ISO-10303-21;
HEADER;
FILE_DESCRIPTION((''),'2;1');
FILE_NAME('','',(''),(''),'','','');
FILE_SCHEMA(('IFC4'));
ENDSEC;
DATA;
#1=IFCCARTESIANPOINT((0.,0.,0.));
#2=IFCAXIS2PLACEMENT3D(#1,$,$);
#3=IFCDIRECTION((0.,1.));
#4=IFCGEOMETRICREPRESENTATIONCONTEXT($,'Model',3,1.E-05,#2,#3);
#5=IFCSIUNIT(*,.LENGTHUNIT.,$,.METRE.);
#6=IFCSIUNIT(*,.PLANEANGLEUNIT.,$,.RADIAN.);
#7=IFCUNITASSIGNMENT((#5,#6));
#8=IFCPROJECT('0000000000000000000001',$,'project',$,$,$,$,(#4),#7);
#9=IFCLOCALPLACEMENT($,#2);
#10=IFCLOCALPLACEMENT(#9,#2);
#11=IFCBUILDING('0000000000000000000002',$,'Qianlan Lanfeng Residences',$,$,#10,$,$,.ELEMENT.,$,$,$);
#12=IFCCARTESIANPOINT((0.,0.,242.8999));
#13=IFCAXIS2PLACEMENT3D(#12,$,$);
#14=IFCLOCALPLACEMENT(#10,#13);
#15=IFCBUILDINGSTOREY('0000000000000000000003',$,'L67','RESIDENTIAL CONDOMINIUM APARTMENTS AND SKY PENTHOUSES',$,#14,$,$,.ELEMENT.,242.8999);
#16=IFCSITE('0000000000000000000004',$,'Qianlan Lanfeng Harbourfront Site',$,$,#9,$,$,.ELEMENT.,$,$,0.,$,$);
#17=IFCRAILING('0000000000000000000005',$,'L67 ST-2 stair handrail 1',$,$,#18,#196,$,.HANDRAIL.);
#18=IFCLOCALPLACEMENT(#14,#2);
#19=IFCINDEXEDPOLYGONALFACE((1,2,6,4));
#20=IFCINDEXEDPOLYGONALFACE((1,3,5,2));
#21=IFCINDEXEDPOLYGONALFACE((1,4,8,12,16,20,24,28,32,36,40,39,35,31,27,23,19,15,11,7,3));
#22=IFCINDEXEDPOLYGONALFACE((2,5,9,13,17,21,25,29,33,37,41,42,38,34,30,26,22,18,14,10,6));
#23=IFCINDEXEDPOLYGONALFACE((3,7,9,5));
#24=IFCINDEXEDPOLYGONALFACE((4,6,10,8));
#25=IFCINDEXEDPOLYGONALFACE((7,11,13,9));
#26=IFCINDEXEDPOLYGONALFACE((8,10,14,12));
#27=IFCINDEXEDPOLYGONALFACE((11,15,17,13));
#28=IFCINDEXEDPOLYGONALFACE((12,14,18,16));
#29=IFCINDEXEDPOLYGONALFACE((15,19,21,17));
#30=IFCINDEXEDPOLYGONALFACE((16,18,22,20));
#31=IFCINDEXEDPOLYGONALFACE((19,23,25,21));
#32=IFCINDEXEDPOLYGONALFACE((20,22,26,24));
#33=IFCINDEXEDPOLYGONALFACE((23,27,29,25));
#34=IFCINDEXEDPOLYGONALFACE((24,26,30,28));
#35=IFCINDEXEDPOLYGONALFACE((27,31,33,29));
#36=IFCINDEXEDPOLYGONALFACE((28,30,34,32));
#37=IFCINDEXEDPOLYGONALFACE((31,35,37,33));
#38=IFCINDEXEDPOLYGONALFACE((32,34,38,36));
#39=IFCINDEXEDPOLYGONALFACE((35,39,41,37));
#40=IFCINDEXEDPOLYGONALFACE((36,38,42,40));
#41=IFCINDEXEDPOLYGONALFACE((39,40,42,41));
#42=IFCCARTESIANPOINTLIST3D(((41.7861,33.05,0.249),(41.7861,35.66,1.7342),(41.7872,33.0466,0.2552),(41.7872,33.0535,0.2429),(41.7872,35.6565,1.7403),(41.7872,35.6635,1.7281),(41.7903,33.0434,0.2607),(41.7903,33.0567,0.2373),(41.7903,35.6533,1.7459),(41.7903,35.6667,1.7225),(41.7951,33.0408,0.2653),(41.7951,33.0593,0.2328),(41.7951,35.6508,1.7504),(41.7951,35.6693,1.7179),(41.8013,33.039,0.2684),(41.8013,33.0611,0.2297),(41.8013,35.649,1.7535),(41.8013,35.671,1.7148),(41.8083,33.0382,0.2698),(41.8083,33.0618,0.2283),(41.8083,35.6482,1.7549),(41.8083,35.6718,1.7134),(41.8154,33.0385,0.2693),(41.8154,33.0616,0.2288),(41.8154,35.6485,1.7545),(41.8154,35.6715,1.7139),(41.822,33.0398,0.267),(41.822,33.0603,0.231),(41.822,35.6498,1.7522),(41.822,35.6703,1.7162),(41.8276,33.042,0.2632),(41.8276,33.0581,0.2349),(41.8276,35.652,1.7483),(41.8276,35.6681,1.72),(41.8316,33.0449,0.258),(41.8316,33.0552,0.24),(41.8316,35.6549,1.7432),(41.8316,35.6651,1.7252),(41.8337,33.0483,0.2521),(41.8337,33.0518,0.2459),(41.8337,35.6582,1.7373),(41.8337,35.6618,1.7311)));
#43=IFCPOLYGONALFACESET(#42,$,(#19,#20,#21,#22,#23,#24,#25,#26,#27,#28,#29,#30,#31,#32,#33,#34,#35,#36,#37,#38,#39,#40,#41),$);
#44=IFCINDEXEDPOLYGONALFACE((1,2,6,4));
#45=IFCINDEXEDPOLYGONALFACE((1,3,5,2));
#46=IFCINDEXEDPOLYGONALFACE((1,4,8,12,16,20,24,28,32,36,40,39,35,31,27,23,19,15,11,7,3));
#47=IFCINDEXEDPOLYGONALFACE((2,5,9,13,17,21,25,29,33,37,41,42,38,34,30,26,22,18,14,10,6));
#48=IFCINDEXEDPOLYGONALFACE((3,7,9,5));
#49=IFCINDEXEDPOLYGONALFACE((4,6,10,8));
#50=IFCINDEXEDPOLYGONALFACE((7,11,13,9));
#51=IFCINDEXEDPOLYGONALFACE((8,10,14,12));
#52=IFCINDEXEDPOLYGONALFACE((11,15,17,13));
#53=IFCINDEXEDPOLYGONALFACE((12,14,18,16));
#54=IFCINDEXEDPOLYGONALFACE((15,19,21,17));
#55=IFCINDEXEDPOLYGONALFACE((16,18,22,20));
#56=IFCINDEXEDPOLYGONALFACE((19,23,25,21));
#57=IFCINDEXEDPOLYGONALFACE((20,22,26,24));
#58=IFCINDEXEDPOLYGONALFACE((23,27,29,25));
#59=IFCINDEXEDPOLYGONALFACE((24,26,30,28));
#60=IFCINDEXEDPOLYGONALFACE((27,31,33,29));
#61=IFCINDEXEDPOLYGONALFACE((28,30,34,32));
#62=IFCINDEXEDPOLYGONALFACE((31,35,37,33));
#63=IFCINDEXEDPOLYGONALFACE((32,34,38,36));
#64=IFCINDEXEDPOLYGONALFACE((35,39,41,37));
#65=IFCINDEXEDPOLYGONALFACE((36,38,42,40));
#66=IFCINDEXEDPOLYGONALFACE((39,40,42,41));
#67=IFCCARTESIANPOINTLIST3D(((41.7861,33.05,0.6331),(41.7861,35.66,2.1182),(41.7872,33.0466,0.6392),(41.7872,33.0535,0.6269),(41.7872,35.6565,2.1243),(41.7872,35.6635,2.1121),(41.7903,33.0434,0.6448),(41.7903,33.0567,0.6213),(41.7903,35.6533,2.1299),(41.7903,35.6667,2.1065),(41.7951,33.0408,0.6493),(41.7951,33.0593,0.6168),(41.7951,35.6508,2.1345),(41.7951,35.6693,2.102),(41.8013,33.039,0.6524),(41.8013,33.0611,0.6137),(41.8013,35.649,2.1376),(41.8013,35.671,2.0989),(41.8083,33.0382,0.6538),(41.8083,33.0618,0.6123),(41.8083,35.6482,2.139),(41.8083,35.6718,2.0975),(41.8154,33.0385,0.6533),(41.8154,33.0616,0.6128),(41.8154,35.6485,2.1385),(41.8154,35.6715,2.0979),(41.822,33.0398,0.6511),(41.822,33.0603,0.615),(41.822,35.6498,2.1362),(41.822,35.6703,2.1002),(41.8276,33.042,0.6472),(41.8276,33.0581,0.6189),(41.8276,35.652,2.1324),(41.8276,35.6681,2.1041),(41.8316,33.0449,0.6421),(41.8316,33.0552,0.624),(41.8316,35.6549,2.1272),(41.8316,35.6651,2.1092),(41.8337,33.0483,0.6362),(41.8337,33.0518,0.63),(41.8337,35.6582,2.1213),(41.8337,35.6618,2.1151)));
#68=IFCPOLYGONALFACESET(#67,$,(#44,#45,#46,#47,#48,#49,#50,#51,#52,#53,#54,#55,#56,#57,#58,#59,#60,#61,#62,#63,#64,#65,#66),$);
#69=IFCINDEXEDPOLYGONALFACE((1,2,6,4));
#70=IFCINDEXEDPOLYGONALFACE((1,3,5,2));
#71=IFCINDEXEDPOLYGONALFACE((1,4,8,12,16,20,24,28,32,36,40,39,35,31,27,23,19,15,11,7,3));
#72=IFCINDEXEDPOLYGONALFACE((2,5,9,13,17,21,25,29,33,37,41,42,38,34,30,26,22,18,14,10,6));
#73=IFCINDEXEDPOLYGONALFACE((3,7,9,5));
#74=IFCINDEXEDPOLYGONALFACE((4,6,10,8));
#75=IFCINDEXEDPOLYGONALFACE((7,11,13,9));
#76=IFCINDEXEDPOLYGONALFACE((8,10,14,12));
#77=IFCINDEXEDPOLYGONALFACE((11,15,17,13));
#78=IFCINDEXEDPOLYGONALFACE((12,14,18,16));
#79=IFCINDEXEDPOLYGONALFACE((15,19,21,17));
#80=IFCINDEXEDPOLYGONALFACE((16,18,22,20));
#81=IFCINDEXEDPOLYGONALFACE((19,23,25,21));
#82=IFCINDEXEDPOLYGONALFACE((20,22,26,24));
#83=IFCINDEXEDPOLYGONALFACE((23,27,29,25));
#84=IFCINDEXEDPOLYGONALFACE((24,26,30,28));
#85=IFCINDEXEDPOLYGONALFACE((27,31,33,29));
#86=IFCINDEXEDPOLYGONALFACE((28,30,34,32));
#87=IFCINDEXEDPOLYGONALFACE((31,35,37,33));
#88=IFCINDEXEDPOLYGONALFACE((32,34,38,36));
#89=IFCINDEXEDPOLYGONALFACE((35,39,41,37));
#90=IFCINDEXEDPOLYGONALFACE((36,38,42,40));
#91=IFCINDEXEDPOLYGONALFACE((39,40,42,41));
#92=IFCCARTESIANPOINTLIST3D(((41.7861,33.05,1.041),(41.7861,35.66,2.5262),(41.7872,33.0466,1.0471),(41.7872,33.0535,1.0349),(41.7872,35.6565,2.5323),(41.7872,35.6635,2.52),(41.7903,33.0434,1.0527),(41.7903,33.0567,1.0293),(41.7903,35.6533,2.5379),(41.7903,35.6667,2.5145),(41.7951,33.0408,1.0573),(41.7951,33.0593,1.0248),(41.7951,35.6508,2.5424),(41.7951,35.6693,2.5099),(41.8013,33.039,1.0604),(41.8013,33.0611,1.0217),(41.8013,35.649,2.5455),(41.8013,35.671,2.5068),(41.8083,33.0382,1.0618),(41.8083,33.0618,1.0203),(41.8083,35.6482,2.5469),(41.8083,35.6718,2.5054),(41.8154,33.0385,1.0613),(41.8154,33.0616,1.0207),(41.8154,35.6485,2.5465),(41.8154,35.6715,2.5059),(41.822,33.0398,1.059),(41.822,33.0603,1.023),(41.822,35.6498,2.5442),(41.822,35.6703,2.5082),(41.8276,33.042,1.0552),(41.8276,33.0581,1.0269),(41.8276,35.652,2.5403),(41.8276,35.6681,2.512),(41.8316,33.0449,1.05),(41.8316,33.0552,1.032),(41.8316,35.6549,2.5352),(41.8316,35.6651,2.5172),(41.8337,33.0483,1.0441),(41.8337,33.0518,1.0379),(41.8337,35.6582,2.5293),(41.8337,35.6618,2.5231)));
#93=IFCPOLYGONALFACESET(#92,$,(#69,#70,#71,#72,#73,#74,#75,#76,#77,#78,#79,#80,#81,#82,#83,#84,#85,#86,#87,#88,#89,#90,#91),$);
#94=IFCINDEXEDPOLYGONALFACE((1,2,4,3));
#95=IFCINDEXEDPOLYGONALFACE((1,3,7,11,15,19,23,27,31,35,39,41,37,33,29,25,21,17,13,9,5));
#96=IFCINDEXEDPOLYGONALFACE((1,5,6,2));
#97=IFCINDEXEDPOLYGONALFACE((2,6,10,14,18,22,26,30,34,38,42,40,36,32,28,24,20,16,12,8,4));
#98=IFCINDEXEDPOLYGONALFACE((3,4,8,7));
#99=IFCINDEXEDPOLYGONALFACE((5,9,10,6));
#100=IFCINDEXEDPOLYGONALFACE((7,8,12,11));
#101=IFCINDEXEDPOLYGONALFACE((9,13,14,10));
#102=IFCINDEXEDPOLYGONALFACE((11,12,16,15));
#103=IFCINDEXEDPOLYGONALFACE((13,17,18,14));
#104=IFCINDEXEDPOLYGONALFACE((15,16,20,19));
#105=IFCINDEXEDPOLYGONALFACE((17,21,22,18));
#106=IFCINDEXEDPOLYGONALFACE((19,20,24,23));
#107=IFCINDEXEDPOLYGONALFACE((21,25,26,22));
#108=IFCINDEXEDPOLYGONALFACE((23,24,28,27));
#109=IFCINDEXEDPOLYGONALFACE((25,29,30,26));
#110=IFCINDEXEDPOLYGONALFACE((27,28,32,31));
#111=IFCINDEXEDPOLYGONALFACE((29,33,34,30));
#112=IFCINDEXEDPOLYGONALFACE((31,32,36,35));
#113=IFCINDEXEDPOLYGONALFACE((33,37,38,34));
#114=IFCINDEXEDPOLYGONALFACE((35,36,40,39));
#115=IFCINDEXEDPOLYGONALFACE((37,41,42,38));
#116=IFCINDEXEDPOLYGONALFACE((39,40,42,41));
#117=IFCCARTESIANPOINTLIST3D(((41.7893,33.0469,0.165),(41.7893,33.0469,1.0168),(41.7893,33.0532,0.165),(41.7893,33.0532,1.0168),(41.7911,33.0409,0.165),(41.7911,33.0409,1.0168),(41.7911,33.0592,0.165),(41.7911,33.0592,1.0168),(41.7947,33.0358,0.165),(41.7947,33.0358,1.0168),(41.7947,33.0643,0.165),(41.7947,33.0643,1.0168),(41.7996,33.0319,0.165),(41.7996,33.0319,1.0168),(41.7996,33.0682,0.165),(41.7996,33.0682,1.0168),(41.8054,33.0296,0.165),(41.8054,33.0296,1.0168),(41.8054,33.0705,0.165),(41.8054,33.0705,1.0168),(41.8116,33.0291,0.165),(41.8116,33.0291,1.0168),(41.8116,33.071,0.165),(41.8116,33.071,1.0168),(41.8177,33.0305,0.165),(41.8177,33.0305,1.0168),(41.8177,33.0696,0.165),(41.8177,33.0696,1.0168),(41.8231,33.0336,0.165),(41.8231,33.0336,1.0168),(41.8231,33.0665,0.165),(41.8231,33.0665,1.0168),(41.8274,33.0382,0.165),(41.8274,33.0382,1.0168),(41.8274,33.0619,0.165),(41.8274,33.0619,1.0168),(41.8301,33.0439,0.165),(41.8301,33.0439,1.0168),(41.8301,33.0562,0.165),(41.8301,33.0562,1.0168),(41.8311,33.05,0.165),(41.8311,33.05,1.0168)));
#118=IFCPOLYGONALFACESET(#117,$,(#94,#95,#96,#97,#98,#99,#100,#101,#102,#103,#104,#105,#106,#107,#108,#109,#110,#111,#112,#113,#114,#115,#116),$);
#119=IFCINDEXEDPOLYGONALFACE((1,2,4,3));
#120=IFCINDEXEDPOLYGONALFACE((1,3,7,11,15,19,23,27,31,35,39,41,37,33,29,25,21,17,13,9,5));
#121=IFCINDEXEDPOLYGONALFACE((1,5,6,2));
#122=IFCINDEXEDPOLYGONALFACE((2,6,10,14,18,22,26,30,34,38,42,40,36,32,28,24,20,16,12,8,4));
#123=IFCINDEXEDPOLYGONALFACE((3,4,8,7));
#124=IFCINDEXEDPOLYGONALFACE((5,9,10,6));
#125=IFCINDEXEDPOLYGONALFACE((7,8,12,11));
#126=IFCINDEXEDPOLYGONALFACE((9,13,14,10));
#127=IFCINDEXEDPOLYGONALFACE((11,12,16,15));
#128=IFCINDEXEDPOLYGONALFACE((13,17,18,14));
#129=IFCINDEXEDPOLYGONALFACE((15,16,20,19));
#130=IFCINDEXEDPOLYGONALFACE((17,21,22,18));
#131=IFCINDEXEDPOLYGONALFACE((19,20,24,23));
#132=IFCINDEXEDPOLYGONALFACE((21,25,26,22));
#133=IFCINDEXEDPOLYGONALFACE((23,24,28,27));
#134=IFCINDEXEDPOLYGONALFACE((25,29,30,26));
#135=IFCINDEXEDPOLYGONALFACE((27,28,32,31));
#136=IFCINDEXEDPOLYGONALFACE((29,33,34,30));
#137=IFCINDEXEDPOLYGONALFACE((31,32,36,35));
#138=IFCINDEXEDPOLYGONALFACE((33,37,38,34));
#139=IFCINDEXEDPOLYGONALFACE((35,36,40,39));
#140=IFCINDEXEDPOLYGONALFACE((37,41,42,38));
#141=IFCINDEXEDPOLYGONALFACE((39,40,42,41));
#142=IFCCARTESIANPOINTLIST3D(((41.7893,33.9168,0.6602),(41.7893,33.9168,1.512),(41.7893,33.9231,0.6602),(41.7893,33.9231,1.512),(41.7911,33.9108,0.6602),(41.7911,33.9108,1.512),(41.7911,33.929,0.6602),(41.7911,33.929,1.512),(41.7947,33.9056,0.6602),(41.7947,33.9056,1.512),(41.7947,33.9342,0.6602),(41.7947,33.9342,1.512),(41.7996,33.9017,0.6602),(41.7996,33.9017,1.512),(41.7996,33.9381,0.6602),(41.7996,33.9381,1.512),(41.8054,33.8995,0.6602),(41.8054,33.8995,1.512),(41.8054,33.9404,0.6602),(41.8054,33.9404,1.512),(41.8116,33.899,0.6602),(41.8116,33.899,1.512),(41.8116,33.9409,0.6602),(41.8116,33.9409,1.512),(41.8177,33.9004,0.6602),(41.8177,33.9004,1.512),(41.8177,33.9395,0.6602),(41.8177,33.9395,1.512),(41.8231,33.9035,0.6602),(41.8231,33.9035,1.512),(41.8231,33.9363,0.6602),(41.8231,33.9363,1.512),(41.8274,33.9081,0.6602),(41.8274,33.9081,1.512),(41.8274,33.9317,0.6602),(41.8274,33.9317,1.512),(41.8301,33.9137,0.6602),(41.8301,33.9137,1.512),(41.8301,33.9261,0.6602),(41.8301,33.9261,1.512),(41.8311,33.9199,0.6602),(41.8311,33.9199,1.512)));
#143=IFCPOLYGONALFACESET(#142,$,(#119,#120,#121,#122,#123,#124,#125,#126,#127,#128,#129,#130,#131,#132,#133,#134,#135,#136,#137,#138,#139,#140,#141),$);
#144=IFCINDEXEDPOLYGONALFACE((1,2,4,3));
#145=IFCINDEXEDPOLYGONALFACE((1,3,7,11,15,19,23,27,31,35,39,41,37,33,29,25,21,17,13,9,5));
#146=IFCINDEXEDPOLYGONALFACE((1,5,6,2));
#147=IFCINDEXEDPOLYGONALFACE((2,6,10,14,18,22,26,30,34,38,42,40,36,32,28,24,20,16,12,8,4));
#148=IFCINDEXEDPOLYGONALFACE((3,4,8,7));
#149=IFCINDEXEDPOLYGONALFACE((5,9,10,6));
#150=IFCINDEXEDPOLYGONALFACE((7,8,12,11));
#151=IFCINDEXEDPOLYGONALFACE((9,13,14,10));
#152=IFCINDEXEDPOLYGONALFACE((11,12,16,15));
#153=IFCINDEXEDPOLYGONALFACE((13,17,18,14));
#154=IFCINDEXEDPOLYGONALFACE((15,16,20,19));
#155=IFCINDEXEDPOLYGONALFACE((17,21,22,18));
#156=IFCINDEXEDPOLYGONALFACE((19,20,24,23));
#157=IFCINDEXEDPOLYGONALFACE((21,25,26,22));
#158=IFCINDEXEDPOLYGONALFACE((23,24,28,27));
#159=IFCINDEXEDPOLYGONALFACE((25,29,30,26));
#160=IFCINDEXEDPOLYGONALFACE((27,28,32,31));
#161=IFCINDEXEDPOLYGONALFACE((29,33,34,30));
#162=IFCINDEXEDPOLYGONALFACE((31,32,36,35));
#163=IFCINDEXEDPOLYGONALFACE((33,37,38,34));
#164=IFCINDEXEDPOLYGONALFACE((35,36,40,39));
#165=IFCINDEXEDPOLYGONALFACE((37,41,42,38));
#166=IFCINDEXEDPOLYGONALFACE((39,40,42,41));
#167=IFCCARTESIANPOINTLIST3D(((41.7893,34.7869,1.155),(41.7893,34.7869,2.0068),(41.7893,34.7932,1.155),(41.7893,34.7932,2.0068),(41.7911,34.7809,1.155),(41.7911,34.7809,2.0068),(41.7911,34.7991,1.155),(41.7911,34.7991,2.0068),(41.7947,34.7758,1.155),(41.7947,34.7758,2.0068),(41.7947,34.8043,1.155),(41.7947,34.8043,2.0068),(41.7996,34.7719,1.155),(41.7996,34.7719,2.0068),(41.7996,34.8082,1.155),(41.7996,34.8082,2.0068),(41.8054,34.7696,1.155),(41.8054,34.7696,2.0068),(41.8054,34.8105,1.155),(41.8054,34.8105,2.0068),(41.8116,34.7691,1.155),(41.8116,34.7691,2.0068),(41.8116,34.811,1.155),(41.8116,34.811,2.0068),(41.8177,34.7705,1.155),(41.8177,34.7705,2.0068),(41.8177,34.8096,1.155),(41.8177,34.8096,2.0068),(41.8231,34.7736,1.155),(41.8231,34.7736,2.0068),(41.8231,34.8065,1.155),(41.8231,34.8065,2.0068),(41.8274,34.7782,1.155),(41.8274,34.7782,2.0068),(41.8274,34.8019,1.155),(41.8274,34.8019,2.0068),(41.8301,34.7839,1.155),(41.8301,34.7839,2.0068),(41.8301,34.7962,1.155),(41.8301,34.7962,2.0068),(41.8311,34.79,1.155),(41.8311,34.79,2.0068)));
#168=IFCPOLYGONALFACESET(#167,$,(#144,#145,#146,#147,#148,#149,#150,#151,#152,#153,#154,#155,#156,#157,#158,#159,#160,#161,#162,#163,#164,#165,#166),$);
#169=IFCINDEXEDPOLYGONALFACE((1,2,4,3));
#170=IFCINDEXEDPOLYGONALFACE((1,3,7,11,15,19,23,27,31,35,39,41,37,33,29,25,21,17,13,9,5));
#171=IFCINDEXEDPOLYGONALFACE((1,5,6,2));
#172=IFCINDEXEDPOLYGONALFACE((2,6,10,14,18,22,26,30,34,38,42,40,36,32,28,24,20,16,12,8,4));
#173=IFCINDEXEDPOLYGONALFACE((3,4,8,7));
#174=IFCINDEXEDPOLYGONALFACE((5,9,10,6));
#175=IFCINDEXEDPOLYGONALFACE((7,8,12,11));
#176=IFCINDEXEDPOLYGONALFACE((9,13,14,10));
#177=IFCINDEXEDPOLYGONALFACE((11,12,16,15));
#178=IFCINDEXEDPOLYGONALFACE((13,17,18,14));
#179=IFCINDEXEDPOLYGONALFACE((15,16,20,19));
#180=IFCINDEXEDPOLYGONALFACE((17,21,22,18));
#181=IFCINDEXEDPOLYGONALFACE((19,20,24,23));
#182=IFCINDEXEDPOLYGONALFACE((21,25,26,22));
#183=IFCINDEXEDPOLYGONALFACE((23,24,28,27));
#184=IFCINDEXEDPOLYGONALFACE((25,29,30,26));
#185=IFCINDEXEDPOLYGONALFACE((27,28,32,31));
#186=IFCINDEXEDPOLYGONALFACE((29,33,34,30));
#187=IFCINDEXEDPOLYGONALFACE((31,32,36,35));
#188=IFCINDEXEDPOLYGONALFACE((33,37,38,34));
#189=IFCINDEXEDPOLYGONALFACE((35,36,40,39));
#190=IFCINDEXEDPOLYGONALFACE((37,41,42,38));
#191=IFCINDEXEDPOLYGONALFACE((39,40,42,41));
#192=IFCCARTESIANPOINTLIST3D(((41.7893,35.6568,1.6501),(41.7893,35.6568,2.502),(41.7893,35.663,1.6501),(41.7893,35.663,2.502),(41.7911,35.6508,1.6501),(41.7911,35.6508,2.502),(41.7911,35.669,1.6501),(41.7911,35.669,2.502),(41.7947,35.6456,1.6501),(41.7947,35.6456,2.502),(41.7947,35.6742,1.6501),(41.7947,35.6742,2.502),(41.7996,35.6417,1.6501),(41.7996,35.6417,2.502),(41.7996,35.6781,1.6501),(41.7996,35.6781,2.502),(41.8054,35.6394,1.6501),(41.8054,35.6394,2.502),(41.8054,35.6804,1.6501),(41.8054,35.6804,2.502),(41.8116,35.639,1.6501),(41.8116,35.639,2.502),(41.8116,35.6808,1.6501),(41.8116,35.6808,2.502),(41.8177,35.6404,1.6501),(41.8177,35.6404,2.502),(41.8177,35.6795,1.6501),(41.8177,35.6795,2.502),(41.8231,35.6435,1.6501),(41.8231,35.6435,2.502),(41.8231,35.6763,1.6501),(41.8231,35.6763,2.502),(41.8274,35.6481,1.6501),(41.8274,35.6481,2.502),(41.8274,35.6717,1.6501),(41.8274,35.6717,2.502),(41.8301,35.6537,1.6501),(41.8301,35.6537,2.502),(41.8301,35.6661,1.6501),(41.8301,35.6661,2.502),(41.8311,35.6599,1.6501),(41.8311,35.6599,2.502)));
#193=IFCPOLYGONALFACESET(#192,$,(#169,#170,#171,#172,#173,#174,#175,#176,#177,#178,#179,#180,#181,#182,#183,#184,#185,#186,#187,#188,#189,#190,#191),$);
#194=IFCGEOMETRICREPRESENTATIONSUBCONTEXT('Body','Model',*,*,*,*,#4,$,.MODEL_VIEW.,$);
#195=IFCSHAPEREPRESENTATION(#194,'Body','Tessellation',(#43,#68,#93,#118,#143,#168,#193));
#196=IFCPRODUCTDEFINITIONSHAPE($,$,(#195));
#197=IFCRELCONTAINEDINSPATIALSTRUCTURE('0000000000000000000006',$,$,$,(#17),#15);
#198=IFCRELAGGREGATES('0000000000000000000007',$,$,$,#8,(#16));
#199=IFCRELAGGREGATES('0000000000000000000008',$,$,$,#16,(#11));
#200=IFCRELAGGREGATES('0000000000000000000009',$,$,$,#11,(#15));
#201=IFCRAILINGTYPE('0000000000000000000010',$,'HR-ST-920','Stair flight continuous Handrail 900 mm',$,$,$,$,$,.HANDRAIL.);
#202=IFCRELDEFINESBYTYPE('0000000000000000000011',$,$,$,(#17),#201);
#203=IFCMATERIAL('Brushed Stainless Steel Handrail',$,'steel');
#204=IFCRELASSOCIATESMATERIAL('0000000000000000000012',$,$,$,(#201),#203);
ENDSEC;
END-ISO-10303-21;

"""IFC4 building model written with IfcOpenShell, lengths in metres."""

from ifc_helpers import new_model, si_unit, direction, frame, origin, origin_2d, place, context, subcontext, project, spatial, circle, extrude, material, type_object, element, save


model = new_model("IFC4")

# Units and contexts
model_context = context("Model", 3, precision=1e-05, world=origin(), true_north=direction((0.0, 1.0)))
body_context = subcontext(model_context, "Body", "Model", "MODEL_VIEW")
ifc_project = project(units=[si_unit("LENGTHUNIT", "METRE"), si_unit("PLANEANGLEUNIT", "RADIAN")], contexts=[model_context])

# Site, building, storey
site_placement = place(None, origin())
site = spatial("IfcSite", under=ifc_project, at=site_placement, Name="Qianlan Lanfeng Harbourfront Site", CompositionType="ELEMENT", RefElevation=0.0)
building_placement = place(site_placement, origin())
building = spatial("IfcBuilding", under=site, at=building_placement, Name="Qianlan Lanfeng Residences", CompositionType="ELEMENT")
storey_placement = place(building_placement, frame((0.0, 0.0, 242.8999)))
storey = spatial("IfcBuildingStorey", under=building, at=storey_placement, Name="L67", Description="RESIDENTIAL CONDOMINIUM APARTMENTS AND SKY PENTHOUSES", CompositionType="ELEMENT", Elevation=242.8999)

# Railing
ifc_material_1 = material(Name="Brushed Stainless Steel Handrail", Category="steel")
railing_type_1 = type_object("IfcRailingType", Name="HR-ST-920", Description="Stair flight continuous Handrail 900 mm", PredefinedType="HANDRAIL", material=ifc_material_1)
railing_1_placement = place(storey_placement, frame((41.8101, 33.05, 0.165)))
element("IfcRailing", 1, at=railing_1_placement, inside=storey, type_object=railing_type_1, Name="L67 ST-2 stair handrail 1", PredefinedType="HANDRAIL", context=body_context, shape_type="SweptSolid", body=[
    extrude(circle(Radius=0.0239, at=origin_2d()), frame((0.0, 0.0, 0.084), z_axis=(0.0, 0.869137, 0.494571), x_axis=(-1.0, 0.0, 0.0)), (0.0, 0.0, 1.0), 3.0029),
    extrude(circle(Radius=0.0239, at=origin_2d()), frame((0.0, 0.0, 0.468), z_axis=(0.0, 0.869137, 0.494571), x_axis=(-1.0, 0.0, 0.0)), (0.0, 0.0, 1.0), 3.0029),
    extrude(circle(Radius=0.0239, at=origin_2d()), frame((0.0, 0.0, 0.876), z_axis=(0.0, 0.869137, 0.494571), x_axis=(-1.0, 0.0, 0.0)), (0.0, 0.0, 1.0), 3.0029),
    extrude(circle(Radius=0.021, at=origin_2d()), origin(), (0.0, 0.0, 1.0), 0.8518),
    extrude(circle(Radius=0.021, at=origin_2d()), frame((0.0, 0.8699, 0.4951)), (0.0, 0.0, 1.0), 0.8518),
    extrude(circle(Radius=0.021, at=origin_2d()), frame((0.0, 1.74, 0.99)), (0.0, 0.0, 1.0), 0.8518),
    extrude(circle(Radius=0.021, at=origin_2d()), frame((0.0, 2.6099, 1.4851)), (0.0, 0.0, 1.0), 0.8518),
])

save(model, "model.ifc")
